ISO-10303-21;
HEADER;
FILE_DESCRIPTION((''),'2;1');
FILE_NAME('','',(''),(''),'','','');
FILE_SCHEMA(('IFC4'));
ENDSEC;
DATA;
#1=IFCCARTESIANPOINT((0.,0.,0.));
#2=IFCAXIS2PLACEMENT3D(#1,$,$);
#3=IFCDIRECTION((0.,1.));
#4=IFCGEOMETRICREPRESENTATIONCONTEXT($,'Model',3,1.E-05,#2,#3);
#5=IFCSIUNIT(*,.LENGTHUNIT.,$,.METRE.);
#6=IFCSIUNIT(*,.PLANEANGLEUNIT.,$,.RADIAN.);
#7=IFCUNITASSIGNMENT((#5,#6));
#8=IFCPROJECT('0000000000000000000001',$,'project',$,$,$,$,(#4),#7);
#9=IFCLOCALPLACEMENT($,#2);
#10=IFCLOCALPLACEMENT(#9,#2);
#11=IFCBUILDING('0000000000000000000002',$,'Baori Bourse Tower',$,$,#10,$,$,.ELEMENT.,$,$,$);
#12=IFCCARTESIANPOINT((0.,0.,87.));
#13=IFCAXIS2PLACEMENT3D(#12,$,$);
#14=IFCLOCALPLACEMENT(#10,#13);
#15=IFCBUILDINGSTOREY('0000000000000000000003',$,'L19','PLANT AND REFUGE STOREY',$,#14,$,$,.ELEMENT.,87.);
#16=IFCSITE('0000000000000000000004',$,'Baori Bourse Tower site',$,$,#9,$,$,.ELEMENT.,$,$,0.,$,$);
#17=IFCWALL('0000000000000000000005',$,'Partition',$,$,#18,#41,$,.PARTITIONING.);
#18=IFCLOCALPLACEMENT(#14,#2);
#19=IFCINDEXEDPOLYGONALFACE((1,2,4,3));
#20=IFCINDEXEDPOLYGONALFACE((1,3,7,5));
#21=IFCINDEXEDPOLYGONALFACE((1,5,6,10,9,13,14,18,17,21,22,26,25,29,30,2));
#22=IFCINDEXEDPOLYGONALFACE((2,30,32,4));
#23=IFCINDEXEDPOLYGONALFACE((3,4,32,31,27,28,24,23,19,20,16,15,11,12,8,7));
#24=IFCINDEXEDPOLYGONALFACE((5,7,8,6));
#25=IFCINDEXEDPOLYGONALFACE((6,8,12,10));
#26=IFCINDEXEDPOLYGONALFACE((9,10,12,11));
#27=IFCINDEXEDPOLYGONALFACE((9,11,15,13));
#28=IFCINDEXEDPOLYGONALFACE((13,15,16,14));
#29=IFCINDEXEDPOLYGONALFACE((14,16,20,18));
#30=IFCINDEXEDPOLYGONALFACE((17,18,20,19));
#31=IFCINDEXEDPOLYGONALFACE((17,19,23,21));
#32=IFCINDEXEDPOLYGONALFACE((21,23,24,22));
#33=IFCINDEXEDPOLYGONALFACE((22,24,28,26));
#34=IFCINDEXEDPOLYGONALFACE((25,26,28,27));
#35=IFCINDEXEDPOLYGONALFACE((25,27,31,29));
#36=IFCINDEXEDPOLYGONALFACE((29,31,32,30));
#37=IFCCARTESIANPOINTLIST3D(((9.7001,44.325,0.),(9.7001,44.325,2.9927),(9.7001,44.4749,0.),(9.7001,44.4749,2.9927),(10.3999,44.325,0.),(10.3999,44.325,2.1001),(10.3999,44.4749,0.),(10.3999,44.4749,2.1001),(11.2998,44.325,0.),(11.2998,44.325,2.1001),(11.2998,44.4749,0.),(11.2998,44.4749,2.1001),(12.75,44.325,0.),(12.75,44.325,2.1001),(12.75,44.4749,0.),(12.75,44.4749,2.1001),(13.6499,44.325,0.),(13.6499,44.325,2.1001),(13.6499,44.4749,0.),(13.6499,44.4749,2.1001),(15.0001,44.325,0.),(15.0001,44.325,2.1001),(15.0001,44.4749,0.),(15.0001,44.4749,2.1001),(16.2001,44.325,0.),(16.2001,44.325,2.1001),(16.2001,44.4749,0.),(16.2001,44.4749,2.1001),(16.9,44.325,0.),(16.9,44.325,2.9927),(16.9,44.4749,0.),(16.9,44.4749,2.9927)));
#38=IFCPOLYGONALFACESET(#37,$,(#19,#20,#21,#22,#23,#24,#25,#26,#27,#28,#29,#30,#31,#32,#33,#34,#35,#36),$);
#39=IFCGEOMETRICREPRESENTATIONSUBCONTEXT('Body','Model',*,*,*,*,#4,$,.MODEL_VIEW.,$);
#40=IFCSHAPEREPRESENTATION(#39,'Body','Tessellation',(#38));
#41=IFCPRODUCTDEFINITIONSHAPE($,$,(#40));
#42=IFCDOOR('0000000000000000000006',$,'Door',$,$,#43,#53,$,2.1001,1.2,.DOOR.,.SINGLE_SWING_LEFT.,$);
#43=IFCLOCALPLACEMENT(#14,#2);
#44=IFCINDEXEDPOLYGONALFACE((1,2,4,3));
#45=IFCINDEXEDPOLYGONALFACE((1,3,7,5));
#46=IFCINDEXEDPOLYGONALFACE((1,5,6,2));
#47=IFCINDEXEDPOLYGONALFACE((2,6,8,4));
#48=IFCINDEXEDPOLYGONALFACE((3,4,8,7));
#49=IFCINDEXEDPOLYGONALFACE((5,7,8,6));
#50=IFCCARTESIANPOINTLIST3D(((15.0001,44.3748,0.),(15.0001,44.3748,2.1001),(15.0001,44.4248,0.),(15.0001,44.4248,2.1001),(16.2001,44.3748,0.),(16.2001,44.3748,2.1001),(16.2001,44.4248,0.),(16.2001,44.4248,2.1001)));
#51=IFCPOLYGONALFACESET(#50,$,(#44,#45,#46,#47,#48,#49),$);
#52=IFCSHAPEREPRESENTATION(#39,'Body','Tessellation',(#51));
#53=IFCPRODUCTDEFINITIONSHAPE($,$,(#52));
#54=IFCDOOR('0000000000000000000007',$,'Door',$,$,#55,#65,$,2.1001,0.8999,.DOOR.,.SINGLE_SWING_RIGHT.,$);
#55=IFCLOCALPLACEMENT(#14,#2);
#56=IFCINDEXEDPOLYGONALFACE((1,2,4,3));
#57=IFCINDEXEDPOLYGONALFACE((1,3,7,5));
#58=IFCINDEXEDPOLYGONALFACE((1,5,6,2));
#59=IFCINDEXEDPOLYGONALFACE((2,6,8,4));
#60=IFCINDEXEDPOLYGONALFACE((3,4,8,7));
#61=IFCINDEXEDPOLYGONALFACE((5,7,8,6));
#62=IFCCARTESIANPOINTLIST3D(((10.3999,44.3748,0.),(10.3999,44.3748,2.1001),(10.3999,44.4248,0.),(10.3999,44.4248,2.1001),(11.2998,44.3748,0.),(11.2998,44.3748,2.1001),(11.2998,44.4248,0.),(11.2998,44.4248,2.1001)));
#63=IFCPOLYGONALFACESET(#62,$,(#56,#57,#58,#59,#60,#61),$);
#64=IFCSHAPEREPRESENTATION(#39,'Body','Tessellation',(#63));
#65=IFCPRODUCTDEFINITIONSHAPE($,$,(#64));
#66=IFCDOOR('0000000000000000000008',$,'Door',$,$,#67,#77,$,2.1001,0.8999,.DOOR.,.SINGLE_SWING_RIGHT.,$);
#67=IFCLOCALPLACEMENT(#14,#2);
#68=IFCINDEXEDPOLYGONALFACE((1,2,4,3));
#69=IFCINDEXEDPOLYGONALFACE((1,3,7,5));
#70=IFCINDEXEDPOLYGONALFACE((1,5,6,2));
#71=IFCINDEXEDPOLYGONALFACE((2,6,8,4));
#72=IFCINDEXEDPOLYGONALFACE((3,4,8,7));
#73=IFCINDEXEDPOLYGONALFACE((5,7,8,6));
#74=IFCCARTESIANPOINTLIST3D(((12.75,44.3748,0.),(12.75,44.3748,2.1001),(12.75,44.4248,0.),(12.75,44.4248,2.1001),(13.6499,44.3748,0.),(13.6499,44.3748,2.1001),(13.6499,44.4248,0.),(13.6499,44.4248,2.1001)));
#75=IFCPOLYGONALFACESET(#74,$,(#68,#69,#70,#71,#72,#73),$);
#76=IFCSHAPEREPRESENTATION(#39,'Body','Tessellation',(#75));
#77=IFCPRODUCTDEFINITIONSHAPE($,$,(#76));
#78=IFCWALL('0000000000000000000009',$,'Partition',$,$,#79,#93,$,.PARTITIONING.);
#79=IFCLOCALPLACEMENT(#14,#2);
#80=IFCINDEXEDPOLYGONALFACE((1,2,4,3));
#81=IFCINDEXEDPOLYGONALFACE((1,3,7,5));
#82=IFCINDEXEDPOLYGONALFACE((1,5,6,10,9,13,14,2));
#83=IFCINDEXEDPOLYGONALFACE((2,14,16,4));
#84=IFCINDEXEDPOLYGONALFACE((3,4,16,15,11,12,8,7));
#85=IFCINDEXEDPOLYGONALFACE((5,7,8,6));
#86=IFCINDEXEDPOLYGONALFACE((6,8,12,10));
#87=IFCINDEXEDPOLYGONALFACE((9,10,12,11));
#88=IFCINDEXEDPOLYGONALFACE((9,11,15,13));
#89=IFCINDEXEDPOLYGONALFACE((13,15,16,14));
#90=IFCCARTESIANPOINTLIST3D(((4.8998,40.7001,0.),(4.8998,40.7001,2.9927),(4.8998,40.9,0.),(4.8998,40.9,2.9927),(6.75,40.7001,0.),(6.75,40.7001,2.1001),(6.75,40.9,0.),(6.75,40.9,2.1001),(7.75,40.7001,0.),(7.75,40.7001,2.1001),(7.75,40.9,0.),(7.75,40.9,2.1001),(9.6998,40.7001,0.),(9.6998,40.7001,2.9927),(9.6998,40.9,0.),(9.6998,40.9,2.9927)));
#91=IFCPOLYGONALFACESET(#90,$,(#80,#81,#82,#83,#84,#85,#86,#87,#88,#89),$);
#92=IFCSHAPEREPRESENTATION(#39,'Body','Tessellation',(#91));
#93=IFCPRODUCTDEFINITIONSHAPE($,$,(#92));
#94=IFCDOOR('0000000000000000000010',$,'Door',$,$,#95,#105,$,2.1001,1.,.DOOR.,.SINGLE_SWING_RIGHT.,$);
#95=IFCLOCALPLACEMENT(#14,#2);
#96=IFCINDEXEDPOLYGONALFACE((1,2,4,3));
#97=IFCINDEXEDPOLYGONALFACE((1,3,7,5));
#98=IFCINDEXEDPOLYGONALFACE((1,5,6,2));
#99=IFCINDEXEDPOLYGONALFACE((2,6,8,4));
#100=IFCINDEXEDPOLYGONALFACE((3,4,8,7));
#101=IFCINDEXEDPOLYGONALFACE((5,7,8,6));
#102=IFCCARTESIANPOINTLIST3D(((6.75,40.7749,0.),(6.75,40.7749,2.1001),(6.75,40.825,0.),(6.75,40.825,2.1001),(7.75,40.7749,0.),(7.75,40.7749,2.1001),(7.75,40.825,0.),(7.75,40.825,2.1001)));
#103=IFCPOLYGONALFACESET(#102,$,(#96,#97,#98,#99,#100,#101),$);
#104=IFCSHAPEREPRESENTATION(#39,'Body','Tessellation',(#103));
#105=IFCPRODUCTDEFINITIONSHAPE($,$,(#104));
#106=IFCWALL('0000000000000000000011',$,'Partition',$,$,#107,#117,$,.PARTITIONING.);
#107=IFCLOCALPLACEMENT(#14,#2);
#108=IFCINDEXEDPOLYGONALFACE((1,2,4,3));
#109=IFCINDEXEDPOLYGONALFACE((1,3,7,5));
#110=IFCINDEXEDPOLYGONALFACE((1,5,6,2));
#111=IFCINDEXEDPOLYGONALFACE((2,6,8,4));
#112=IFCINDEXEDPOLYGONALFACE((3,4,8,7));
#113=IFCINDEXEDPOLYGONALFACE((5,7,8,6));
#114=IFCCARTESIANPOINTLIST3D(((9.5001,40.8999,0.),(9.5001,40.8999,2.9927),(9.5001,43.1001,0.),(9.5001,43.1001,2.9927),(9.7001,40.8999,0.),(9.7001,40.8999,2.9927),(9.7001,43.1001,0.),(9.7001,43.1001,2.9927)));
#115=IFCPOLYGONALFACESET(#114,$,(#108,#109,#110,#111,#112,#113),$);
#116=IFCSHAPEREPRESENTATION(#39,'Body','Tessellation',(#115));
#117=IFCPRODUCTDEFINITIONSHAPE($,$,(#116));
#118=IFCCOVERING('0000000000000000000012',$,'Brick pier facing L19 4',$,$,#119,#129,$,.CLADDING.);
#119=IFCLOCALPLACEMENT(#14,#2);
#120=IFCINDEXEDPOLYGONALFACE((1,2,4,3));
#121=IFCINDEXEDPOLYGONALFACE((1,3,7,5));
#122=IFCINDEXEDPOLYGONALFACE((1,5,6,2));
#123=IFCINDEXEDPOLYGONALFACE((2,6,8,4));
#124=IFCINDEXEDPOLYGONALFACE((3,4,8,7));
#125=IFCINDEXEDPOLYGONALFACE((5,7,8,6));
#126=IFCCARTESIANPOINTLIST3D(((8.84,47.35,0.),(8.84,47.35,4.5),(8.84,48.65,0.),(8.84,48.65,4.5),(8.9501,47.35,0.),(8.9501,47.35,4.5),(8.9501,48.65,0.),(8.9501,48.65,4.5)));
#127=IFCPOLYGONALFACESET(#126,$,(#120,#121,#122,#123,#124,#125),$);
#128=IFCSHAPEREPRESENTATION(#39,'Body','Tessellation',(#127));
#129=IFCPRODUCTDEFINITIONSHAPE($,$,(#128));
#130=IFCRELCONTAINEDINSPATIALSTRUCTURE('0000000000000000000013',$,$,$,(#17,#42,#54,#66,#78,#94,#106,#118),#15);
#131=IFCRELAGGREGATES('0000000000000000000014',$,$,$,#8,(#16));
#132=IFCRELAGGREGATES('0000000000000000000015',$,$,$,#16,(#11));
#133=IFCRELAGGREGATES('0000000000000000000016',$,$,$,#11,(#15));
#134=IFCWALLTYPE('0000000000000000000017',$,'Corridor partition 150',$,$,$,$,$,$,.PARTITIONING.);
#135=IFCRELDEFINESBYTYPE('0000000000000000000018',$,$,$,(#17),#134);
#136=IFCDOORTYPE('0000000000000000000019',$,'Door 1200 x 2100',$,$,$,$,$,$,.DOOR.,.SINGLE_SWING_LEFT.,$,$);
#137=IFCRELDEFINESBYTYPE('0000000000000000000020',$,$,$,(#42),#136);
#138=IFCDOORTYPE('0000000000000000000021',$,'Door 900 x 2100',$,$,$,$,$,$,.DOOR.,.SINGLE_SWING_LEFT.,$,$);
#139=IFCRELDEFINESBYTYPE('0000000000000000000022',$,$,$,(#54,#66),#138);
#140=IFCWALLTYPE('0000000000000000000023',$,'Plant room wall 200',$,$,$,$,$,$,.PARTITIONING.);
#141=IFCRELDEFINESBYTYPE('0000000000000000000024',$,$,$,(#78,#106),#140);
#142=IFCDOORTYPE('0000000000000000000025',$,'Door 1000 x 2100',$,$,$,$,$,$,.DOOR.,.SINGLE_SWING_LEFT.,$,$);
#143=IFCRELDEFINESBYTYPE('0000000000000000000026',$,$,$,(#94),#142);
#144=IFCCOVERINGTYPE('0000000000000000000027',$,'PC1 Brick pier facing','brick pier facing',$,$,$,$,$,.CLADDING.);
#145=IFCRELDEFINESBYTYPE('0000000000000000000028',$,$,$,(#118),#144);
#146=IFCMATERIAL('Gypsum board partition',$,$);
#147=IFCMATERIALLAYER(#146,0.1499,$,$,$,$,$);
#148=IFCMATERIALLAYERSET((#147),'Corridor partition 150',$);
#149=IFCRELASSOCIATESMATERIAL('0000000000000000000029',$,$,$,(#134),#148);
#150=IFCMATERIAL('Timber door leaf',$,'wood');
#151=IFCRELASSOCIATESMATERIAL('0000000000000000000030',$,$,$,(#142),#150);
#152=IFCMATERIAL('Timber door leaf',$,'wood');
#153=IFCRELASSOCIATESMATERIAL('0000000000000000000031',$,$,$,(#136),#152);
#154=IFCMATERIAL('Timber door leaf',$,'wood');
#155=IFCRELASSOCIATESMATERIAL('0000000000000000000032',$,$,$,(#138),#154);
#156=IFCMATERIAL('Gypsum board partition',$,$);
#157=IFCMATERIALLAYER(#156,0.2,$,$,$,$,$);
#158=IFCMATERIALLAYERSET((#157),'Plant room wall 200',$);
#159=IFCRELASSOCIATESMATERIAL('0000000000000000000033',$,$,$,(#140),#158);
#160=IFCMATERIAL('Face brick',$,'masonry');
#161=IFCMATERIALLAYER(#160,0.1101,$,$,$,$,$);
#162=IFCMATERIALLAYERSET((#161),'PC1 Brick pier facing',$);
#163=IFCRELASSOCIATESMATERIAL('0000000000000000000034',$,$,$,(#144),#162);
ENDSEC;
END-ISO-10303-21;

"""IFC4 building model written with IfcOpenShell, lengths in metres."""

from ifc_helpers import new_model, si_unit, direction, frame, frame_2d, origin, origin_2d, place, context, subcontext, project, spatial, rectangle, extrude, material, layer, layer_set, type_object, element, fill, save


model = new_model("IFC4")

# Units and contexts
model_context = context("Model", 3, precision=1e-05, world=origin(), true_north=direction((0.0, 1.0)))
body_context = subcontext(model_context, "Body", "Model", "MODEL_VIEW")
ifc_project = project(units=[si_unit("LENGTHUNIT", "METRE"), si_unit("PLANEANGLEUNIT", "RADIAN")], contexts=[model_context])

# Site, building, storey
site_placement = place(None, origin())
site = spatial("IfcSite", under=ifc_project, at=site_placement, Name="Baori Bourse Tower site", CompositionType="ELEMENT", RefElevation=0.0)
building_placement = place(site_placement, origin())
building = spatial("IfcBuilding", under=site, at=building_placement, Name="Baori Bourse Tower", CompositionType="ELEMENT")
storey_placement = place(building_placement, frame((0.0, 0.0, 87.0)))
storey = spatial("IfcBuildingStorey", under=building, at=storey_placement, Name="L19", Description="PLANT AND REFUGE STOREY", CompositionType="ELEMENT", Elevation=87.0)

# Shared definitions
ifc_material_1 = material(Name="Gypsum board partition")
ifc_layer_1 = layer(ifc_material_1, 0.1499)
ifc_layer_set_1 = layer_set([ifc_layer_1], Name="Corridor partition 150")
wall_type_1 = type_object("IfcWallType", Name="Corridor partition 150", PredefinedType="PARTITIONING", material=ifc_layer_set_1)
ifc_material_2 = material(Name="Timber door leaf", Category="wood")
door_type_1 = type_object("IfcDoorType", Name="Door 1000 x 2100", OperationType="SINGLE_SWING_LEFT", PredefinedType="DOOR", material=ifc_material_2)

# Wall, openings, doors
wall_1_placement = place(storey_placement, frame((9.7, 44.3999, 0.0), z_axis=(0.0, 0.0, 1.0), x_axis=(1.0, 0.0, 0.0)))
wall_1 = element("IfcWall", 1, at=wall_1_placement, inside=storey, type_object=wall_type_1, Name="Partition", PredefinedType="PARTITIONING", context=body_context, shape_type="SweptSolid", body=[
    extrude(rectangle(XDim=7.2, YDim=0.1499, at=frame_2d((3.6001, 0.0))), origin(), (0.0, 0.0, 1.0), 2.9927),
])
opening_1_placement = place(wall_1_placement, frame((0.7, 0.0, 0.0)))
opening_1 = element("IfcOpeningElement", 2, at=opening_1_placement, cuts=wall_1, PredefinedType="OPENING", context=body_context, shape_type="SweptSolid", body=[
    extrude(rectangle(XDim=0.8999, YDim=2.1001, at=frame_2d((0.45, 1.05))), frame((0.0, 0.085, 0.0), z_axis=(0.0, -1.0, 0.0), x_axis=(1.0, 0.0, 0.0)), (0.0, 0.0, 1.0), 0.1699),
])
opening_2_placement = place(wall_1_placement, frame((3.05, 0.0, 0.0)))
opening_2 = element("IfcOpeningElement", 3, at=opening_2_placement, cuts=wall_1, PredefinedType="OPENING", context=body_context, shape_type="SweptSolid", body=[
    extrude(rectangle(XDim=0.8999, YDim=2.1001, at=frame_2d((0.45, 1.05))), frame((0.0, 0.085, 0.0), z_axis=(0.0, -1.0, 0.0), x_axis=(1.0, 0.0, 0.0)), (0.0, 0.0, 1.0), 0.1699),
])
opening_3_placement = place(wall_1_placement, frame((5.3, 0.0, 0.0)))
opening_3 = element("IfcOpeningElement", 4, at=opening_3_placement, cuts=wall_1, PredefinedType="OPENING", context=body_context, shape_type="SweptSolid", body=[
    extrude(rectangle(XDim=1.2, YDim=2.1001, at=frame_2d((0.6001, 1.05))), frame((0.0, 0.085, 0.0), z_axis=(0.0, -1.0, 0.0), x_axis=(1.0, 0.0, 0.0)), (0.0, 0.0, 1.0), 0.1699),
])
ifc_material_3 = material(Name="Timber door leaf", Category="wood")
door_type_2 = type_object("IfcDoorType", Name="Door 1200 x 2100", OperationType="SINGLE_SWING_LEFT", PredefinedType="DOOR", material=ifc_material_3)
door_1_placement = place(opening_3_placement, origin())
door_1 = element("IfcDoor", 5, at=door_1_placement, inside=storey, type_object=door_type_2, Name="Door", OperationType="SINGLE_SWING_LEFT", OverallHeight=2.1001, OverallWidth=1.2, PredefinedType="DOOR", context=body_context, shape_type="SweptSolid", body=[
    extrude(rectangle(XDim=1.2, YDim=2.1001, at=frame_2d((0.6001, 1.05))), frame((0.0, 0.0249, 0.0), z_axis=(0.0, -1.0, 0.0), x_axis=(1.0, 0.0, 0.0)), (0.0, 0.0, 1.0), 0.05),
])
fill(opening_3, door_1)
ifc_material_4 = material(Name="Timber door leaf", Category="wood")
door_type_3 = type_object("IfcDoorType", Name="Door 900 x 2100", OperationType="SINGLE_SWING_LEFT", PredefinedType="DOOR", material=ifc_material_4)
door_2_placement = place(opening_1_placement, origin())
door_2 = element("IfcDoor", 6, at=door_2_placement, inside=storey, type_object=door_type_3, Name="Door", OperationType="SINGLE_SWING_RIGHT", OverallHeight=2.1001, OverallWidth=0.8999, PredefinedType="DOOR", context=body_context, shape_type="SweptSolid", body=[
    extrude(rectangle(XDim=0.8999, YDim=2.1001, at=frame_2d((0.45, 1.05))), frame((0.0, 0.0249, 0.0), z_axis=(0.0, -1.0, 0.0), x_axis=(1.0, 0.0, 0.0)), (0.0, 0.0, 1.0), 0.05),
])
fill(opening_1, door_2)
door_3_placement = place(opening_2_placement, origin())
door_3 = element("IfcDoor", 7, at=door_3_placement, inside=storey, type_object=door_type_3, Name="Door", OperationType="SINGLE_SWING_RIGHT", OverallHeight=2.1001, OverallWidth=0.8999, PredefinedType="DOOR", context=body_context, shape_type="SweptSolid", body=[
    extrude(rectangle(XDim=0.8999, YDim=2.1001, at=frame_2d((0.45, 1.05))), frame((0.0, 0.0249, 0.0), z_axis=(0.0, -1.0, 0.0), x_axis=(1.0, 0.0, 0.0)), (0.0, 0.0, 1.0), 0.05),
])
fill(opening_2, door_3)

# Wall, opening, door
ifc_material_5 = material(Name="Gypsum board partition")
ifc_layer_2 = layer(ifc_material_5, 0.2)
ifc_layer_set_2 = layer_set([ifc_layer_2], Name="Plant room wall 200")
wall_type_2 = type_object("IfcWallType", Name="Plant room wall 200", PredefinedType="PARTITIONING", material=ifc_layer_set_2)
wall_2_placement = place(storey_placement, frame((4.8999, 40.8, 0.0), z_axis=(0.0, 0.0, 1.0), x_axis=(1.0, 0.0, 0.0)))
wall_2 = element("IfcWall", 8, at=wall_2_placement, inside=storey, type_object=wall_type_2, Name="Partition", PredefinedType="PARTITIONING", context=body_context, shape_type="SweptSolid", body=[
    extrude(rectangle(XDim=4.8, YDim=0.2, at=frame_2d((2.3999, 0.0))), origin(), (0.0, 0.0, 1.0), 2.9927),
])
opening_4_placement = place(wall_2_placement, frame((1.8501, 0.0, 0.0)))
opening_4 = element("IfcOpeningElement", 9, at=opening_4_placement, cuts=wall_2, PredefinedType="OPENING", context=body_context, shape_type="SweptSolid", body=[
    extrude(rectangle(XDim=1.0, YDim=2.1001, at=frame_2d((0.5, 1.05))), frame((0.0, 0.1099, 0.0), z_axis=(0.0, -1.0, 0.0), x_axis=(1.0, 0.0, 0.0)), (0.0, 0.0, 1.0), 0.22),
])
door_4_placement = place(opening_4_placement, origin())
door_4 = element("IfcDoor", 10, at=door_4_placement, inside=storey, type_object=door_type_1, Name="Door", OperationType="SINGLE_SWING_RIGHT", OverallHeight=2.1001, OverallWidth=1.0, PredefinedType="DOOR", context=body_context, shape_type="SweptSolid", body=[
    extrude(rectangle(XDim=1.0, YDim=2.1001, at=frame_2d((0.5, 1.05))), frame((0.0, 0.0249, 0.0), z_axis=(0.0, -1.0, 0.0), x_axis=(1.0, 0.0, 0.0)), (0.0, 0.0, 1.0), 0.05),
])
fill(opening_4, door_4)

# Wall
wall_3_placement = place(storey_placement, frame((9.6001, 40.8999, 0.0), z_axis=(0.0, 0.0, 1.0), x_axis=(0.0, 1.0, 0.0)))
element("IfcWall", 11, at=wall_3_placement, inside=storey, type_object=wall_type_2, Name="Partition", PredefinedType="PARTITIONING", context=body_context, shape_type="SweptSolid", body=[
    extrude(rectangle(XDim=2.2002, YDim=0.2, at=frame_2d((1.1001, 0.0))), origin(), (0.0, 0.0, 1.0), 2.9927),
])

# Covering
ifc_material_6 = material(Name="Face brick", Category="masonry")
ifc_layer_3 = layer(ifc_material_6, 0.1101)
ifc_layer_set_3 = layer_set([ifc_layer_3], Name="PC1 Brick pier facing")
covering_type = type_object("IfcCoveringType", Name="PC1 Brick pier facing", Description="brick pier facing", PredefinedType="CLADDING", material=ifc_layer_set_3)
covering_placement = place(storey_placement, frame((8.895, 48.0, 0.0), z_axis=(0.0, 0.0, 1.0), x_axis=(1.0, 0.0, 0.0)))
element("IfcCovering", 12, at=covering_placement, inside=storey, type_object=covering_type, Name="Brick pier facing L19 4", PredefinedType="CLADDING", context=body_context, shape_type="SweptSolid", body=[
    extrude(rectangle(XDim=0.1101, YDim=1.3, at=origin_2d()), origin(), (0.0, 0.0, 1.0), 4.5),
])

save(model, "model.ifc")
